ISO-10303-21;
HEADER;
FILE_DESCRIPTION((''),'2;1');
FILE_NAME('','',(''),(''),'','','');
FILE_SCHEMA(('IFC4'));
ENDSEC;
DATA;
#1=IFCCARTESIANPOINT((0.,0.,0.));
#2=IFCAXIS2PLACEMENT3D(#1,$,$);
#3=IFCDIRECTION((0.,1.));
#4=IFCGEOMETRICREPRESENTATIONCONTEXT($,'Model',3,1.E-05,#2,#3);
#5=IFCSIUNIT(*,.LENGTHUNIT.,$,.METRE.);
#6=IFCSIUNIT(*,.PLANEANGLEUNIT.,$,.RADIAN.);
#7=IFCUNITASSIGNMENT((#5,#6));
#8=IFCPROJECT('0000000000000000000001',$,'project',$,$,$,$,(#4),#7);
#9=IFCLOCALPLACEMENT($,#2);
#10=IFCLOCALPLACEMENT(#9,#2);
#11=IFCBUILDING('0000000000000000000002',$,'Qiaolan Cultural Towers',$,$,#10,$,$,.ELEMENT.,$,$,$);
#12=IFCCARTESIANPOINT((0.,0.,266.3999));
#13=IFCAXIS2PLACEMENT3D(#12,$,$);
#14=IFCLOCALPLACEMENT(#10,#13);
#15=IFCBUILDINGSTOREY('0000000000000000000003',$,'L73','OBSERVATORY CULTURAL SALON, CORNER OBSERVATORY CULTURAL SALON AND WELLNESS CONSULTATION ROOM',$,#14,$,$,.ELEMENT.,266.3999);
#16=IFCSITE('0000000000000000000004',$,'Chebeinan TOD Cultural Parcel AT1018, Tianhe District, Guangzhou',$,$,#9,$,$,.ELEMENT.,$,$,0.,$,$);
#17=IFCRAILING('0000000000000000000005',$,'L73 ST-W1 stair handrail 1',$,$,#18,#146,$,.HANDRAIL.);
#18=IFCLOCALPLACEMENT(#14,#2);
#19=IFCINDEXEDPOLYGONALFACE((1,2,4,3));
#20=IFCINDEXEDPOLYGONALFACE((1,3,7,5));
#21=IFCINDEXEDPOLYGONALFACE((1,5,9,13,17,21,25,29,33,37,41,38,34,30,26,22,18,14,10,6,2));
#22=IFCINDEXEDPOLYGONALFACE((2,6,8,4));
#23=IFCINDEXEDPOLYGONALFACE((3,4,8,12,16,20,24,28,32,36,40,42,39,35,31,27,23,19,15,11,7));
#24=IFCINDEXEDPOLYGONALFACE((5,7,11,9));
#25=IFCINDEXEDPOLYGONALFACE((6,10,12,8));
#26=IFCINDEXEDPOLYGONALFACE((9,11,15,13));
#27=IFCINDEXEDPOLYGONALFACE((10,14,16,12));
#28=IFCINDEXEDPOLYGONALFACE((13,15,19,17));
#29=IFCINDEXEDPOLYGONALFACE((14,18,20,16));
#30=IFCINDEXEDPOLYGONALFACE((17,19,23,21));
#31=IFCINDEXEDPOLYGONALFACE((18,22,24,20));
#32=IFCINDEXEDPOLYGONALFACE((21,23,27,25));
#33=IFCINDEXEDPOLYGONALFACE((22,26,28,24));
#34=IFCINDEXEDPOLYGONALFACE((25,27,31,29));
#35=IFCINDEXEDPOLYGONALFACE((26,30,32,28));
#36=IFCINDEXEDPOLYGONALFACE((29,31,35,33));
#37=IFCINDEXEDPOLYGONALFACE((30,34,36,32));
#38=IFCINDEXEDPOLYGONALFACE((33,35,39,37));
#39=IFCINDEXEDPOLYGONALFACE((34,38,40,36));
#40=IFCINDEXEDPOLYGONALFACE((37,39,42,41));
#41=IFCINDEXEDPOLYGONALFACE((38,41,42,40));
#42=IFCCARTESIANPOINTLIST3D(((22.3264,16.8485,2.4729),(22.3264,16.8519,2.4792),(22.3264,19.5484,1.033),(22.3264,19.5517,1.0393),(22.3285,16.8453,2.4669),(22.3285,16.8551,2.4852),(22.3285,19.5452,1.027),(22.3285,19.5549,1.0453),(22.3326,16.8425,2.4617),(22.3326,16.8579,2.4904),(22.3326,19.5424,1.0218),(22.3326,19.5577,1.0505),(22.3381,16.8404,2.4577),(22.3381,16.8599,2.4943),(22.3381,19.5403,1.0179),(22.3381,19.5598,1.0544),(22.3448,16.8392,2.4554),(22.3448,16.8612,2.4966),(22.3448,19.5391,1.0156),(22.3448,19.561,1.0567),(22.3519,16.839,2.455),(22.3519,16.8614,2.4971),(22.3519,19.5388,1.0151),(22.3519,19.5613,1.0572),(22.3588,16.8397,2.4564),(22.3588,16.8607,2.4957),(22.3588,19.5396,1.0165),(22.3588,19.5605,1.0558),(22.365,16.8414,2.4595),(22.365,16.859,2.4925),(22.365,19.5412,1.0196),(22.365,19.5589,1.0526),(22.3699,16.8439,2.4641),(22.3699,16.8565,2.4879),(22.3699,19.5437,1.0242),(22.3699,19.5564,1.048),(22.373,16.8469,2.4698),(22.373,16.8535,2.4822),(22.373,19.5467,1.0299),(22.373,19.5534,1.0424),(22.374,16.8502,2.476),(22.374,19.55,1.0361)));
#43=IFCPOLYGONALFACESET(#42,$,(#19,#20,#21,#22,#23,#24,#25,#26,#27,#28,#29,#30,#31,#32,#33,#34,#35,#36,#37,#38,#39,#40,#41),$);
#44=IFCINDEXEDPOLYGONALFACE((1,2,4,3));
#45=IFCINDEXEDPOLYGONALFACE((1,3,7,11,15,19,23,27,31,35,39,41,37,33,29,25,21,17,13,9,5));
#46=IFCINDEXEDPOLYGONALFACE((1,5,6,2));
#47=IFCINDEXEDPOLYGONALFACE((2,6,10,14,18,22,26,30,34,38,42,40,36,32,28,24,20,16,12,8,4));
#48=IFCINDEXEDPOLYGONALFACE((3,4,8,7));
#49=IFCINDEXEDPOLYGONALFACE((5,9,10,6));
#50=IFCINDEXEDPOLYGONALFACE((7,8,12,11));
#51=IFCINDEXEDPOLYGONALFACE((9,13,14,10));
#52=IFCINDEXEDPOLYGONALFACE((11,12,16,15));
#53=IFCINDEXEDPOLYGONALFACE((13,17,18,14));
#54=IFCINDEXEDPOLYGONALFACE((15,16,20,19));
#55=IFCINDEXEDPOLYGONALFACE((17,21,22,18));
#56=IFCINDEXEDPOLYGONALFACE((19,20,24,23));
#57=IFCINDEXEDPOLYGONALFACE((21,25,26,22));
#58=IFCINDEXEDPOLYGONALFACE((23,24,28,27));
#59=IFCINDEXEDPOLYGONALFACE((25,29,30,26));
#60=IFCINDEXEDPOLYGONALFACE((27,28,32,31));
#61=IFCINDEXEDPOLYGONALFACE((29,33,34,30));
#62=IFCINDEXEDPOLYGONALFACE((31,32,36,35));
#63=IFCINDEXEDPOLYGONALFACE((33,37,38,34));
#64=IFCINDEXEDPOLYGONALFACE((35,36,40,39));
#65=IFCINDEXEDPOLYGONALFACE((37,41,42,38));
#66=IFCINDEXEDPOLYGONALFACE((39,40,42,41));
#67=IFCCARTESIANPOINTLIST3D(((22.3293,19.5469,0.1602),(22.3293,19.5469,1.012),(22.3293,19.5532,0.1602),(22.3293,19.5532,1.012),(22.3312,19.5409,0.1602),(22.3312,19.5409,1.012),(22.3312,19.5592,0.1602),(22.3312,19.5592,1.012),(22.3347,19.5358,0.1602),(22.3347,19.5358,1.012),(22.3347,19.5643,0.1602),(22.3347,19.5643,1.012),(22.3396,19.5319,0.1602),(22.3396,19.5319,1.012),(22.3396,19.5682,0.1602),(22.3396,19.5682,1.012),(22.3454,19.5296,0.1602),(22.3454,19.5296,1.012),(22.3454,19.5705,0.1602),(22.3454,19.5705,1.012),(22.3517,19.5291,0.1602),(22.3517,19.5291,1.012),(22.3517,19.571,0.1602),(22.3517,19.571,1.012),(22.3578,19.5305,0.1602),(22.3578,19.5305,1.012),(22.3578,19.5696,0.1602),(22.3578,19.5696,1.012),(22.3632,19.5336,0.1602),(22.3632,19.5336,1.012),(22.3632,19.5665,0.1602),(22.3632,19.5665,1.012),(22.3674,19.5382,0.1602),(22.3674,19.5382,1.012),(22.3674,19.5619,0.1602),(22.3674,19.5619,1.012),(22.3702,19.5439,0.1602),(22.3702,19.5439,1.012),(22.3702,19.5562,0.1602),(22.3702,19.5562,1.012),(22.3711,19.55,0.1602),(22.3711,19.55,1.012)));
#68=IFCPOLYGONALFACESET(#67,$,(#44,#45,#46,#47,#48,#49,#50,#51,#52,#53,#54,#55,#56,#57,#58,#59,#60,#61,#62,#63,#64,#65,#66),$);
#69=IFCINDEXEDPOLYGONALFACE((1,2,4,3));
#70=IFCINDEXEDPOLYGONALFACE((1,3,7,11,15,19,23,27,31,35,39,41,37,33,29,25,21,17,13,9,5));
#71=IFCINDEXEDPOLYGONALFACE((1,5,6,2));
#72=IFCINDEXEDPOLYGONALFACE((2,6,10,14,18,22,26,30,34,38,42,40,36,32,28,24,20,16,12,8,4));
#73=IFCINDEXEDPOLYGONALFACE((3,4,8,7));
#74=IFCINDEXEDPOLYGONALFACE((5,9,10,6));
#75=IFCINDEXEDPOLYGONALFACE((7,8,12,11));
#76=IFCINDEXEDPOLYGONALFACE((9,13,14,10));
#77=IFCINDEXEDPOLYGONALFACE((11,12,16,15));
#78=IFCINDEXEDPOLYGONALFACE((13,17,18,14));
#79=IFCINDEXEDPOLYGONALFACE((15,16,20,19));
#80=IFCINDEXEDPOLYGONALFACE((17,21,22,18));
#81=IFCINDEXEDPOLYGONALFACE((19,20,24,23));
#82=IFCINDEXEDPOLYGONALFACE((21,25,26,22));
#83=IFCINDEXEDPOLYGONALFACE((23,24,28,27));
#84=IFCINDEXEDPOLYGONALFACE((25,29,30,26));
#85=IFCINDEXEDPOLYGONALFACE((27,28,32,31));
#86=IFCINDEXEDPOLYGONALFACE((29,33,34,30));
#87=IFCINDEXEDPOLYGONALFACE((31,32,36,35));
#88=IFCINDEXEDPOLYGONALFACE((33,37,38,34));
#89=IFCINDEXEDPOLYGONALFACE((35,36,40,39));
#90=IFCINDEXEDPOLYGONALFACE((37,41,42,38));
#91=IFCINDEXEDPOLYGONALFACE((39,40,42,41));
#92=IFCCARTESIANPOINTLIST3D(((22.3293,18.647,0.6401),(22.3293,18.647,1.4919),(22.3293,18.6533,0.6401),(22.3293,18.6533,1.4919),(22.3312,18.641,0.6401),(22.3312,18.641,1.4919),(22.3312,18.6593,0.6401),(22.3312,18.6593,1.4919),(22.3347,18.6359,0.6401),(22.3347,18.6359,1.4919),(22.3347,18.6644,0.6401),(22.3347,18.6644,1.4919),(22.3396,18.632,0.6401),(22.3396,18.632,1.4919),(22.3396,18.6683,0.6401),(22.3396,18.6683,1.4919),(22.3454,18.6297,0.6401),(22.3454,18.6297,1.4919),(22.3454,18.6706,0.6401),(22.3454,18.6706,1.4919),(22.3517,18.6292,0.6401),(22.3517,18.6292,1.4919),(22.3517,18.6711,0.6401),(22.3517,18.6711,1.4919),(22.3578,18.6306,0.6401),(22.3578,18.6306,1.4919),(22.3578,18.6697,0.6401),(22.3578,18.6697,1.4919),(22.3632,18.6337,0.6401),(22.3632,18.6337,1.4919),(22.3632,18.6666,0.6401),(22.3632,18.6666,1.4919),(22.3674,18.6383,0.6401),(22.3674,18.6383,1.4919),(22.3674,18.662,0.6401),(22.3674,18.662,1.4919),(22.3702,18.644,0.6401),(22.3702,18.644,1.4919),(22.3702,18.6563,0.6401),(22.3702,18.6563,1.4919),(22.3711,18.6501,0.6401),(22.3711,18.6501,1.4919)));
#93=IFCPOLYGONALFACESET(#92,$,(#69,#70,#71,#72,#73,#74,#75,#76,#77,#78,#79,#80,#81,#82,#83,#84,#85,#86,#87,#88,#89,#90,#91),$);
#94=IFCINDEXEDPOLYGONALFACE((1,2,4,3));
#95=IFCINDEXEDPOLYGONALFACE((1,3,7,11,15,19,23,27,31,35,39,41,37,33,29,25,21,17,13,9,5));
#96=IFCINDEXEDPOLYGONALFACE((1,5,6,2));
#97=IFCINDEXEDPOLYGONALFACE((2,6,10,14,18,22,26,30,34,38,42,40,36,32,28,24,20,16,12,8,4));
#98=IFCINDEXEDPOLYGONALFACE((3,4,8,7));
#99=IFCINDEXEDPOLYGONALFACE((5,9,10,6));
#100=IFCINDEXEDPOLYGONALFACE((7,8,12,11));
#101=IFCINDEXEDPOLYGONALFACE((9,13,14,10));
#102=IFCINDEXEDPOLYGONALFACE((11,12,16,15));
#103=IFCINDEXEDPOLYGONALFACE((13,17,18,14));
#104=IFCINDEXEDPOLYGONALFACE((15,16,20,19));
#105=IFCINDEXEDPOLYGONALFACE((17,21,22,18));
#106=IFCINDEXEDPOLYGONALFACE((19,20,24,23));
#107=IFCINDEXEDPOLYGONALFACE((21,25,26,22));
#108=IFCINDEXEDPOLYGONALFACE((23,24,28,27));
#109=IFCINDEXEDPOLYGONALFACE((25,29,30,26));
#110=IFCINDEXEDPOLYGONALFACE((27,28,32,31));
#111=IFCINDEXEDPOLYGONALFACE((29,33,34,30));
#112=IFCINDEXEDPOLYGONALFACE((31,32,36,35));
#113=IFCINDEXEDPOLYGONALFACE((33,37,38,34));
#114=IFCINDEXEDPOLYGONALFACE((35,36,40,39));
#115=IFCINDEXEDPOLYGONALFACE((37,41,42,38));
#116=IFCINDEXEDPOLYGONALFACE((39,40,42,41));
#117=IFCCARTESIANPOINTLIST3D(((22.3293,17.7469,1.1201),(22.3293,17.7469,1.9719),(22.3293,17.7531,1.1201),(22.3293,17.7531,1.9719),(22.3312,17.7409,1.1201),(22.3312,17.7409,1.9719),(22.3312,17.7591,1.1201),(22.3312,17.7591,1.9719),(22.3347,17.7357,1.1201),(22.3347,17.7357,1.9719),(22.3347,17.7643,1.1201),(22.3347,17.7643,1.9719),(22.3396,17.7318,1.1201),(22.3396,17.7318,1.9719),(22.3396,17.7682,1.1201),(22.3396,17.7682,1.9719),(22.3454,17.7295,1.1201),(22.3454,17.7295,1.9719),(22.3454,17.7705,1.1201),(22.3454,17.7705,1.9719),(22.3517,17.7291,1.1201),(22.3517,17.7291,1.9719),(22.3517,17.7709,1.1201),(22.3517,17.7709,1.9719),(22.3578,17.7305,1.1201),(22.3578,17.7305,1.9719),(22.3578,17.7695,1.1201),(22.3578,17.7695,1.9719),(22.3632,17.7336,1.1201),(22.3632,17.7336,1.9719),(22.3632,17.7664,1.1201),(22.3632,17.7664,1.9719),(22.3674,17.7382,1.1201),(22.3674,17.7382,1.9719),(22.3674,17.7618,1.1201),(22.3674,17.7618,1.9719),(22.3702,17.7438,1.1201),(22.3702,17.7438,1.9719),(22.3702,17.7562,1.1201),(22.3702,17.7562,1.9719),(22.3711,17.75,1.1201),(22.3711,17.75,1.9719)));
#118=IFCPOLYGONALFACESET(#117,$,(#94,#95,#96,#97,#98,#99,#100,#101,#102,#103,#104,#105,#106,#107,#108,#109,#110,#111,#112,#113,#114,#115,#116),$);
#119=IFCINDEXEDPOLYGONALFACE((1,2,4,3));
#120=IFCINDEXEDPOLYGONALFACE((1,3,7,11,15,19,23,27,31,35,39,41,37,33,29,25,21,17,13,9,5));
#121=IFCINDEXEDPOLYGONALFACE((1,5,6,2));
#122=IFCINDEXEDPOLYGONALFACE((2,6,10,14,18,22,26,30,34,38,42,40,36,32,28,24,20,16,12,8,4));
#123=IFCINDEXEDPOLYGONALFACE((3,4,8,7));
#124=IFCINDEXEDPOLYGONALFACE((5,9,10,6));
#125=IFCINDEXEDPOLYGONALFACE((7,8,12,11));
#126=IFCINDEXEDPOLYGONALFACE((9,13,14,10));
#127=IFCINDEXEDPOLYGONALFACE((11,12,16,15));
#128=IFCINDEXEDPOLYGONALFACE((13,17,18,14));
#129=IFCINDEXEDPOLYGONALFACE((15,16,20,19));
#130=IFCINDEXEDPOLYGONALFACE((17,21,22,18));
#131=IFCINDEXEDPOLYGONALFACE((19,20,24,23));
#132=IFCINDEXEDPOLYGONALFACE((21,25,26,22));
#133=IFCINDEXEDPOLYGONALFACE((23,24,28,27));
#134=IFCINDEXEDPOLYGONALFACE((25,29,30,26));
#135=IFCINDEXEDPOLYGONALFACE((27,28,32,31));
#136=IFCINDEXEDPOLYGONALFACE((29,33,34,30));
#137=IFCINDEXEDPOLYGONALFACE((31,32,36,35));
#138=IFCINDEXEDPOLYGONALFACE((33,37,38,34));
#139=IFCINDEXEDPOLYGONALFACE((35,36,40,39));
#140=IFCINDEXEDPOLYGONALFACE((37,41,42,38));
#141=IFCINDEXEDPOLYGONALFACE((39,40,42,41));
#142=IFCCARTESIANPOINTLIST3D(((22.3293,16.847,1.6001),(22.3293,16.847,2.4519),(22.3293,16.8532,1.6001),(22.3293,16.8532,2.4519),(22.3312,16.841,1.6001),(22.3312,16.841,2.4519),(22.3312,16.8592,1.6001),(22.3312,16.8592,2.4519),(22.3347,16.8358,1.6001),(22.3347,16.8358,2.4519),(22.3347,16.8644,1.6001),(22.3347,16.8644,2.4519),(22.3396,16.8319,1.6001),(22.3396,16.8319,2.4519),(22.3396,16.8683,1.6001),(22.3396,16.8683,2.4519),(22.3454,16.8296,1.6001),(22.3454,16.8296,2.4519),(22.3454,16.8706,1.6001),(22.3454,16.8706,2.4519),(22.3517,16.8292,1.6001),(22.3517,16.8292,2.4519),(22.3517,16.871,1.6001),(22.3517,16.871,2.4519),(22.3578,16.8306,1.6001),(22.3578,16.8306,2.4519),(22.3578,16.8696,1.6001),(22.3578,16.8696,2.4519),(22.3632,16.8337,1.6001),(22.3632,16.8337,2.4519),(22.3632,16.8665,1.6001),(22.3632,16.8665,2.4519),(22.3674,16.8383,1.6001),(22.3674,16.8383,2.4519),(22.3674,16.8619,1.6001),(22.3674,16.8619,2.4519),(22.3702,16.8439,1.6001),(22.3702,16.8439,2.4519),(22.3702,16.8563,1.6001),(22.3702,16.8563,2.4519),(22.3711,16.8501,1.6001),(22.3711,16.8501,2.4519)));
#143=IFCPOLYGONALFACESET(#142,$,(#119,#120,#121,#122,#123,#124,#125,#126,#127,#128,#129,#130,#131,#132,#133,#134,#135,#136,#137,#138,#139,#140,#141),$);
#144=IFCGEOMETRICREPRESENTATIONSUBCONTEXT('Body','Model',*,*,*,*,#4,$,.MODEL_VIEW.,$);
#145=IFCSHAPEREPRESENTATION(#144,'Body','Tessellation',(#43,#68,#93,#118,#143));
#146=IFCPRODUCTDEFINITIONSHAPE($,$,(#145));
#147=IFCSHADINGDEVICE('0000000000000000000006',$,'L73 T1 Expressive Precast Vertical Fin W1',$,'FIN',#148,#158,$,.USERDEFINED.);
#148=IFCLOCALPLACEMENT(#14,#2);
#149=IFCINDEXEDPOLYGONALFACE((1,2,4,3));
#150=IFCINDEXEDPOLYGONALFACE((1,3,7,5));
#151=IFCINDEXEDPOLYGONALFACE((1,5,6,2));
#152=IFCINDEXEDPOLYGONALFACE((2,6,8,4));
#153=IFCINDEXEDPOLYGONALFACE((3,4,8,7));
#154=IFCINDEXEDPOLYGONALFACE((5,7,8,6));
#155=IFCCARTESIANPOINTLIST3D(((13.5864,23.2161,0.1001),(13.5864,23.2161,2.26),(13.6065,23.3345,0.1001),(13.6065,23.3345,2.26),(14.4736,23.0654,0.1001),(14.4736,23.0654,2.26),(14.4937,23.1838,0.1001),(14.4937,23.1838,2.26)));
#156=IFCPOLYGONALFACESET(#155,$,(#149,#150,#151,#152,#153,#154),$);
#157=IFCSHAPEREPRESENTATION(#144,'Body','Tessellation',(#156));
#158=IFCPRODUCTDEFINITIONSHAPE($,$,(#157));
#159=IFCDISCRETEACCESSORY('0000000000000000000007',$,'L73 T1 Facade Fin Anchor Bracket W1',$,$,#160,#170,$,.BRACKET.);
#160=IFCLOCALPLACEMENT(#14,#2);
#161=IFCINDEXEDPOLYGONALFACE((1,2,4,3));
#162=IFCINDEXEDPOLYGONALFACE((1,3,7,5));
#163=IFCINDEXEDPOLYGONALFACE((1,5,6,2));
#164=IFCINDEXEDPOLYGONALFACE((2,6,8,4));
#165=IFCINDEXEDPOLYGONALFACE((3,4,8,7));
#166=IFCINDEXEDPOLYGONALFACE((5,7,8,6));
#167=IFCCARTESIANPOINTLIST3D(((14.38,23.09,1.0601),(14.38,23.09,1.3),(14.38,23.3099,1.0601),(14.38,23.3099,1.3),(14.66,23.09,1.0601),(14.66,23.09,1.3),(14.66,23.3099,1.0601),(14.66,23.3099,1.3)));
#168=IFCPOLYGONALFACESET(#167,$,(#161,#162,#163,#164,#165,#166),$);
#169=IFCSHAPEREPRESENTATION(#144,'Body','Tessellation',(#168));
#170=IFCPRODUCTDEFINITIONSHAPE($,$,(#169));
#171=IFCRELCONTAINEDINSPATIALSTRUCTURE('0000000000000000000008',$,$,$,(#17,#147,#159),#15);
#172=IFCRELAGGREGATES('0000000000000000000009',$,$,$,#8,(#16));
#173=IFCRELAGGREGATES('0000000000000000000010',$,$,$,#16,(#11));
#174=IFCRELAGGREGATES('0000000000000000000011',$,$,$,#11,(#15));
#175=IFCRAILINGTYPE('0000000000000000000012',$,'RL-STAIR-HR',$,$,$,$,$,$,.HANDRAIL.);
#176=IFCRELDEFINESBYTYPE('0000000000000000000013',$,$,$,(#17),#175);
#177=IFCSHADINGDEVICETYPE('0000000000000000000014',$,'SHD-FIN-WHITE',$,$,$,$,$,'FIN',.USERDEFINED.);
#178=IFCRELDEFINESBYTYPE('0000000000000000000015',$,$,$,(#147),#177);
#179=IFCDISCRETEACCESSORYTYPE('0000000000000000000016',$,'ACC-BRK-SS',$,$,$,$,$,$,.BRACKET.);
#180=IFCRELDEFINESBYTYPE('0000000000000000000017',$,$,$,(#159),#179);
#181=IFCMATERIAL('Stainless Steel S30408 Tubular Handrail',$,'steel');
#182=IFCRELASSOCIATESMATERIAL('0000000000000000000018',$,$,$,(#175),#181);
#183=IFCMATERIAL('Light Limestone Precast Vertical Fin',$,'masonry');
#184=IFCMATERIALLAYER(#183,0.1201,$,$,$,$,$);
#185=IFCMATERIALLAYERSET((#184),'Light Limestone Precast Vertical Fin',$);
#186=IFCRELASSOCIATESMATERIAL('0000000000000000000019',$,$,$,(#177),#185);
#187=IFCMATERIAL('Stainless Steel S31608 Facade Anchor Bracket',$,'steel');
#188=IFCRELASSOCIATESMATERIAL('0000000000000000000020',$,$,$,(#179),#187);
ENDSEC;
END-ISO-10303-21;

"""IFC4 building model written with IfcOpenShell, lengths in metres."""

from ifc_helpers import new_model, si_unit, direction, frame, origin, origin_2d, place, context, subcontext, project, spatial, rectangle, circle, extrude, material, layer, layer_set, type_object, element, save


model = new_model("IFC4")

# Units and contexts
model_context = context("Model", 3, precision=1e-05, world=origin(), true_north=direction((0.0, 1.0)))
body_context = subcontext(model_context, "Body", "Model", "MODEL_VIEW")
ifc_project = project(units=[si_unit("LENGTHUNIT", "METRE"), si_unit("PLANEANGLEUNIT", "RADIAN")], contexts=[model_context])

# Site, building, storey
site_placement = place(None, origin())
site = spatial("IfcSite", under=ifc_project, at=site_placement, Name="Chebeinan TOD Cultural Parcel AT1018, Tianhe District, Guangzhou", CompositionType="ELEMENT", RefElevation=0.0)
building_placement = place(site_placement, origin())
building = spatial("IfcBuilding", under=site, at=building_placement, Name="Qiaolan Cultural Towers", CompositionType="ELEMENT")
storey_placement = place(building_placement, frame((0.0, 0.0, 266.3999)))
storey = spatial("IfcBuildingStorey", under=building, at=storey_placement, Name="L73", Description="OBSERVATORY CULTURAL SALON, CORNER OBSERVATORY CULTURAL SALON AND WELLNESS CONSULTATION ROOM", CompositionType="ELEMENT", Elevation=266.3999)

# Railing
ifc_material_1 = material(Name="Stainless Steel S30408 Tubular Handrail", Category="steel")
railing_type_1 = type_object("IfcRailingType", Name="RL-STAIR-HR", PredefinedType="HANDRAIL", material=ifc_material_1)
railing_1_placement = place(storey_placement, frame((22.3501, 19.55, 0.1602)))
element("IfcRailing", 1, at=railing_1_placement, inside=storey, type_object=railing_type_1, Name="L73 ST-W1 stair handrail 1", PredefinedType="HANDRAIL", context=body_context, shape_type="SweptSolid", body=[
    extrude(circle(Radius=0.0239, at=origin_2d()), frame((0.0, 0.0, 0.876), z_axis=(0.0, -0.882357, 0.47058), x_axis=(1.0, 0.0, 0.0)), (0.0, 0.0, 1.0), 3.0598),
    extrude(circle(Radius=0.021, at=origin_2d()), origin(), (0.0, 0.0, 1.0), 0.8518),
    extrude(circle(Radius=0.021, at=origin_2d()), frame((0.0, -0.8999, 0.48)), (0.0, 0.0, 1.0), 0.8518),
    extrude(circle(Radius=0.021, at=origin_2d()), frame((0.0, -1.8, 0.96)), (0.0, 0.0, 1.0), 0.8518),
    extrude(circle(Radius=0.021, at=origin_2d()), frame((0.0, -2.7, 1.4399)), (0.0, 0.0, 1.0), 0.8518),
])

# Shading device
ifc_material_2 = material(Name="Light Limestone Precast Vertical Fin", Category="masonry")
ifc_layer_1 = layer(ifc_material_2, 0.1201)
ifc_layer_set_1 = layer_set([ifc_layer_1], Name="Light Limestone Precast Vertical Fin")
shading_device_type = type_object("IfcShadingDeviceType", Name="SHD-FIN-WHITE", ElementType="FIN", PredefinedType="USERDEFINED", material=ifc_layer_set_1)
shading_device_placement = place(storey_placement, frame((14.04, 23.2, 0.1001), z_axis=(0.0, 0.0, 1.0), x_axis=(0.985874, -0.167488, 0.0)))
element("IfcShadingDevice", 2, at=shading_device_placement, inside=storey, type_object=shading_device_type, Name="L73 T1 Expressive Precast Vertical Fin W1", ObjectType="FIN", PredefinedType="USERDEFINED", context=body_context, shape_type="SweptSolid", body=[
    extrude(rectangle(XDim=0.8999, YDim=0.1201, at=origin_2d()), origin(), (0.0, 0.0, 1.0), 2.1599),
])

# Discrete accessory
ifc_material_3 = material(Name="Stainless Steel S31608 Facade Anchor Bracket", Category="steel")
discrete_accessory_type = type_object("IfcDiscreteAccessoryType", Name="ACC-BRK-SS", PredefinedType="BRACKET", material=ifc_material_3)
discrete_accessory_placement = place(storey_placement, frame((14.52, 23.2, 1.0601), z_axis=(0.0, 0.0, 1.0), x_axis=(1.0, 0.0, 0.0)))
element("IfcDiscreteAccessory", 3, at=discrete_accessory_placement, inside=storey, type_object=discrete_accessory_type, Name="L73 T1 Facade Fin Anchor Bracket W1", PredefinedType="BRACKET", context=body_context, shape_type="SweptSolid", body=[
    extrude(rectangle(XDim=0.28, YDim=0.22, at=origin_2d()), origin(), (0.0, 0.0, 1.0), 0.24),
])

save(model, "model.ifc")
